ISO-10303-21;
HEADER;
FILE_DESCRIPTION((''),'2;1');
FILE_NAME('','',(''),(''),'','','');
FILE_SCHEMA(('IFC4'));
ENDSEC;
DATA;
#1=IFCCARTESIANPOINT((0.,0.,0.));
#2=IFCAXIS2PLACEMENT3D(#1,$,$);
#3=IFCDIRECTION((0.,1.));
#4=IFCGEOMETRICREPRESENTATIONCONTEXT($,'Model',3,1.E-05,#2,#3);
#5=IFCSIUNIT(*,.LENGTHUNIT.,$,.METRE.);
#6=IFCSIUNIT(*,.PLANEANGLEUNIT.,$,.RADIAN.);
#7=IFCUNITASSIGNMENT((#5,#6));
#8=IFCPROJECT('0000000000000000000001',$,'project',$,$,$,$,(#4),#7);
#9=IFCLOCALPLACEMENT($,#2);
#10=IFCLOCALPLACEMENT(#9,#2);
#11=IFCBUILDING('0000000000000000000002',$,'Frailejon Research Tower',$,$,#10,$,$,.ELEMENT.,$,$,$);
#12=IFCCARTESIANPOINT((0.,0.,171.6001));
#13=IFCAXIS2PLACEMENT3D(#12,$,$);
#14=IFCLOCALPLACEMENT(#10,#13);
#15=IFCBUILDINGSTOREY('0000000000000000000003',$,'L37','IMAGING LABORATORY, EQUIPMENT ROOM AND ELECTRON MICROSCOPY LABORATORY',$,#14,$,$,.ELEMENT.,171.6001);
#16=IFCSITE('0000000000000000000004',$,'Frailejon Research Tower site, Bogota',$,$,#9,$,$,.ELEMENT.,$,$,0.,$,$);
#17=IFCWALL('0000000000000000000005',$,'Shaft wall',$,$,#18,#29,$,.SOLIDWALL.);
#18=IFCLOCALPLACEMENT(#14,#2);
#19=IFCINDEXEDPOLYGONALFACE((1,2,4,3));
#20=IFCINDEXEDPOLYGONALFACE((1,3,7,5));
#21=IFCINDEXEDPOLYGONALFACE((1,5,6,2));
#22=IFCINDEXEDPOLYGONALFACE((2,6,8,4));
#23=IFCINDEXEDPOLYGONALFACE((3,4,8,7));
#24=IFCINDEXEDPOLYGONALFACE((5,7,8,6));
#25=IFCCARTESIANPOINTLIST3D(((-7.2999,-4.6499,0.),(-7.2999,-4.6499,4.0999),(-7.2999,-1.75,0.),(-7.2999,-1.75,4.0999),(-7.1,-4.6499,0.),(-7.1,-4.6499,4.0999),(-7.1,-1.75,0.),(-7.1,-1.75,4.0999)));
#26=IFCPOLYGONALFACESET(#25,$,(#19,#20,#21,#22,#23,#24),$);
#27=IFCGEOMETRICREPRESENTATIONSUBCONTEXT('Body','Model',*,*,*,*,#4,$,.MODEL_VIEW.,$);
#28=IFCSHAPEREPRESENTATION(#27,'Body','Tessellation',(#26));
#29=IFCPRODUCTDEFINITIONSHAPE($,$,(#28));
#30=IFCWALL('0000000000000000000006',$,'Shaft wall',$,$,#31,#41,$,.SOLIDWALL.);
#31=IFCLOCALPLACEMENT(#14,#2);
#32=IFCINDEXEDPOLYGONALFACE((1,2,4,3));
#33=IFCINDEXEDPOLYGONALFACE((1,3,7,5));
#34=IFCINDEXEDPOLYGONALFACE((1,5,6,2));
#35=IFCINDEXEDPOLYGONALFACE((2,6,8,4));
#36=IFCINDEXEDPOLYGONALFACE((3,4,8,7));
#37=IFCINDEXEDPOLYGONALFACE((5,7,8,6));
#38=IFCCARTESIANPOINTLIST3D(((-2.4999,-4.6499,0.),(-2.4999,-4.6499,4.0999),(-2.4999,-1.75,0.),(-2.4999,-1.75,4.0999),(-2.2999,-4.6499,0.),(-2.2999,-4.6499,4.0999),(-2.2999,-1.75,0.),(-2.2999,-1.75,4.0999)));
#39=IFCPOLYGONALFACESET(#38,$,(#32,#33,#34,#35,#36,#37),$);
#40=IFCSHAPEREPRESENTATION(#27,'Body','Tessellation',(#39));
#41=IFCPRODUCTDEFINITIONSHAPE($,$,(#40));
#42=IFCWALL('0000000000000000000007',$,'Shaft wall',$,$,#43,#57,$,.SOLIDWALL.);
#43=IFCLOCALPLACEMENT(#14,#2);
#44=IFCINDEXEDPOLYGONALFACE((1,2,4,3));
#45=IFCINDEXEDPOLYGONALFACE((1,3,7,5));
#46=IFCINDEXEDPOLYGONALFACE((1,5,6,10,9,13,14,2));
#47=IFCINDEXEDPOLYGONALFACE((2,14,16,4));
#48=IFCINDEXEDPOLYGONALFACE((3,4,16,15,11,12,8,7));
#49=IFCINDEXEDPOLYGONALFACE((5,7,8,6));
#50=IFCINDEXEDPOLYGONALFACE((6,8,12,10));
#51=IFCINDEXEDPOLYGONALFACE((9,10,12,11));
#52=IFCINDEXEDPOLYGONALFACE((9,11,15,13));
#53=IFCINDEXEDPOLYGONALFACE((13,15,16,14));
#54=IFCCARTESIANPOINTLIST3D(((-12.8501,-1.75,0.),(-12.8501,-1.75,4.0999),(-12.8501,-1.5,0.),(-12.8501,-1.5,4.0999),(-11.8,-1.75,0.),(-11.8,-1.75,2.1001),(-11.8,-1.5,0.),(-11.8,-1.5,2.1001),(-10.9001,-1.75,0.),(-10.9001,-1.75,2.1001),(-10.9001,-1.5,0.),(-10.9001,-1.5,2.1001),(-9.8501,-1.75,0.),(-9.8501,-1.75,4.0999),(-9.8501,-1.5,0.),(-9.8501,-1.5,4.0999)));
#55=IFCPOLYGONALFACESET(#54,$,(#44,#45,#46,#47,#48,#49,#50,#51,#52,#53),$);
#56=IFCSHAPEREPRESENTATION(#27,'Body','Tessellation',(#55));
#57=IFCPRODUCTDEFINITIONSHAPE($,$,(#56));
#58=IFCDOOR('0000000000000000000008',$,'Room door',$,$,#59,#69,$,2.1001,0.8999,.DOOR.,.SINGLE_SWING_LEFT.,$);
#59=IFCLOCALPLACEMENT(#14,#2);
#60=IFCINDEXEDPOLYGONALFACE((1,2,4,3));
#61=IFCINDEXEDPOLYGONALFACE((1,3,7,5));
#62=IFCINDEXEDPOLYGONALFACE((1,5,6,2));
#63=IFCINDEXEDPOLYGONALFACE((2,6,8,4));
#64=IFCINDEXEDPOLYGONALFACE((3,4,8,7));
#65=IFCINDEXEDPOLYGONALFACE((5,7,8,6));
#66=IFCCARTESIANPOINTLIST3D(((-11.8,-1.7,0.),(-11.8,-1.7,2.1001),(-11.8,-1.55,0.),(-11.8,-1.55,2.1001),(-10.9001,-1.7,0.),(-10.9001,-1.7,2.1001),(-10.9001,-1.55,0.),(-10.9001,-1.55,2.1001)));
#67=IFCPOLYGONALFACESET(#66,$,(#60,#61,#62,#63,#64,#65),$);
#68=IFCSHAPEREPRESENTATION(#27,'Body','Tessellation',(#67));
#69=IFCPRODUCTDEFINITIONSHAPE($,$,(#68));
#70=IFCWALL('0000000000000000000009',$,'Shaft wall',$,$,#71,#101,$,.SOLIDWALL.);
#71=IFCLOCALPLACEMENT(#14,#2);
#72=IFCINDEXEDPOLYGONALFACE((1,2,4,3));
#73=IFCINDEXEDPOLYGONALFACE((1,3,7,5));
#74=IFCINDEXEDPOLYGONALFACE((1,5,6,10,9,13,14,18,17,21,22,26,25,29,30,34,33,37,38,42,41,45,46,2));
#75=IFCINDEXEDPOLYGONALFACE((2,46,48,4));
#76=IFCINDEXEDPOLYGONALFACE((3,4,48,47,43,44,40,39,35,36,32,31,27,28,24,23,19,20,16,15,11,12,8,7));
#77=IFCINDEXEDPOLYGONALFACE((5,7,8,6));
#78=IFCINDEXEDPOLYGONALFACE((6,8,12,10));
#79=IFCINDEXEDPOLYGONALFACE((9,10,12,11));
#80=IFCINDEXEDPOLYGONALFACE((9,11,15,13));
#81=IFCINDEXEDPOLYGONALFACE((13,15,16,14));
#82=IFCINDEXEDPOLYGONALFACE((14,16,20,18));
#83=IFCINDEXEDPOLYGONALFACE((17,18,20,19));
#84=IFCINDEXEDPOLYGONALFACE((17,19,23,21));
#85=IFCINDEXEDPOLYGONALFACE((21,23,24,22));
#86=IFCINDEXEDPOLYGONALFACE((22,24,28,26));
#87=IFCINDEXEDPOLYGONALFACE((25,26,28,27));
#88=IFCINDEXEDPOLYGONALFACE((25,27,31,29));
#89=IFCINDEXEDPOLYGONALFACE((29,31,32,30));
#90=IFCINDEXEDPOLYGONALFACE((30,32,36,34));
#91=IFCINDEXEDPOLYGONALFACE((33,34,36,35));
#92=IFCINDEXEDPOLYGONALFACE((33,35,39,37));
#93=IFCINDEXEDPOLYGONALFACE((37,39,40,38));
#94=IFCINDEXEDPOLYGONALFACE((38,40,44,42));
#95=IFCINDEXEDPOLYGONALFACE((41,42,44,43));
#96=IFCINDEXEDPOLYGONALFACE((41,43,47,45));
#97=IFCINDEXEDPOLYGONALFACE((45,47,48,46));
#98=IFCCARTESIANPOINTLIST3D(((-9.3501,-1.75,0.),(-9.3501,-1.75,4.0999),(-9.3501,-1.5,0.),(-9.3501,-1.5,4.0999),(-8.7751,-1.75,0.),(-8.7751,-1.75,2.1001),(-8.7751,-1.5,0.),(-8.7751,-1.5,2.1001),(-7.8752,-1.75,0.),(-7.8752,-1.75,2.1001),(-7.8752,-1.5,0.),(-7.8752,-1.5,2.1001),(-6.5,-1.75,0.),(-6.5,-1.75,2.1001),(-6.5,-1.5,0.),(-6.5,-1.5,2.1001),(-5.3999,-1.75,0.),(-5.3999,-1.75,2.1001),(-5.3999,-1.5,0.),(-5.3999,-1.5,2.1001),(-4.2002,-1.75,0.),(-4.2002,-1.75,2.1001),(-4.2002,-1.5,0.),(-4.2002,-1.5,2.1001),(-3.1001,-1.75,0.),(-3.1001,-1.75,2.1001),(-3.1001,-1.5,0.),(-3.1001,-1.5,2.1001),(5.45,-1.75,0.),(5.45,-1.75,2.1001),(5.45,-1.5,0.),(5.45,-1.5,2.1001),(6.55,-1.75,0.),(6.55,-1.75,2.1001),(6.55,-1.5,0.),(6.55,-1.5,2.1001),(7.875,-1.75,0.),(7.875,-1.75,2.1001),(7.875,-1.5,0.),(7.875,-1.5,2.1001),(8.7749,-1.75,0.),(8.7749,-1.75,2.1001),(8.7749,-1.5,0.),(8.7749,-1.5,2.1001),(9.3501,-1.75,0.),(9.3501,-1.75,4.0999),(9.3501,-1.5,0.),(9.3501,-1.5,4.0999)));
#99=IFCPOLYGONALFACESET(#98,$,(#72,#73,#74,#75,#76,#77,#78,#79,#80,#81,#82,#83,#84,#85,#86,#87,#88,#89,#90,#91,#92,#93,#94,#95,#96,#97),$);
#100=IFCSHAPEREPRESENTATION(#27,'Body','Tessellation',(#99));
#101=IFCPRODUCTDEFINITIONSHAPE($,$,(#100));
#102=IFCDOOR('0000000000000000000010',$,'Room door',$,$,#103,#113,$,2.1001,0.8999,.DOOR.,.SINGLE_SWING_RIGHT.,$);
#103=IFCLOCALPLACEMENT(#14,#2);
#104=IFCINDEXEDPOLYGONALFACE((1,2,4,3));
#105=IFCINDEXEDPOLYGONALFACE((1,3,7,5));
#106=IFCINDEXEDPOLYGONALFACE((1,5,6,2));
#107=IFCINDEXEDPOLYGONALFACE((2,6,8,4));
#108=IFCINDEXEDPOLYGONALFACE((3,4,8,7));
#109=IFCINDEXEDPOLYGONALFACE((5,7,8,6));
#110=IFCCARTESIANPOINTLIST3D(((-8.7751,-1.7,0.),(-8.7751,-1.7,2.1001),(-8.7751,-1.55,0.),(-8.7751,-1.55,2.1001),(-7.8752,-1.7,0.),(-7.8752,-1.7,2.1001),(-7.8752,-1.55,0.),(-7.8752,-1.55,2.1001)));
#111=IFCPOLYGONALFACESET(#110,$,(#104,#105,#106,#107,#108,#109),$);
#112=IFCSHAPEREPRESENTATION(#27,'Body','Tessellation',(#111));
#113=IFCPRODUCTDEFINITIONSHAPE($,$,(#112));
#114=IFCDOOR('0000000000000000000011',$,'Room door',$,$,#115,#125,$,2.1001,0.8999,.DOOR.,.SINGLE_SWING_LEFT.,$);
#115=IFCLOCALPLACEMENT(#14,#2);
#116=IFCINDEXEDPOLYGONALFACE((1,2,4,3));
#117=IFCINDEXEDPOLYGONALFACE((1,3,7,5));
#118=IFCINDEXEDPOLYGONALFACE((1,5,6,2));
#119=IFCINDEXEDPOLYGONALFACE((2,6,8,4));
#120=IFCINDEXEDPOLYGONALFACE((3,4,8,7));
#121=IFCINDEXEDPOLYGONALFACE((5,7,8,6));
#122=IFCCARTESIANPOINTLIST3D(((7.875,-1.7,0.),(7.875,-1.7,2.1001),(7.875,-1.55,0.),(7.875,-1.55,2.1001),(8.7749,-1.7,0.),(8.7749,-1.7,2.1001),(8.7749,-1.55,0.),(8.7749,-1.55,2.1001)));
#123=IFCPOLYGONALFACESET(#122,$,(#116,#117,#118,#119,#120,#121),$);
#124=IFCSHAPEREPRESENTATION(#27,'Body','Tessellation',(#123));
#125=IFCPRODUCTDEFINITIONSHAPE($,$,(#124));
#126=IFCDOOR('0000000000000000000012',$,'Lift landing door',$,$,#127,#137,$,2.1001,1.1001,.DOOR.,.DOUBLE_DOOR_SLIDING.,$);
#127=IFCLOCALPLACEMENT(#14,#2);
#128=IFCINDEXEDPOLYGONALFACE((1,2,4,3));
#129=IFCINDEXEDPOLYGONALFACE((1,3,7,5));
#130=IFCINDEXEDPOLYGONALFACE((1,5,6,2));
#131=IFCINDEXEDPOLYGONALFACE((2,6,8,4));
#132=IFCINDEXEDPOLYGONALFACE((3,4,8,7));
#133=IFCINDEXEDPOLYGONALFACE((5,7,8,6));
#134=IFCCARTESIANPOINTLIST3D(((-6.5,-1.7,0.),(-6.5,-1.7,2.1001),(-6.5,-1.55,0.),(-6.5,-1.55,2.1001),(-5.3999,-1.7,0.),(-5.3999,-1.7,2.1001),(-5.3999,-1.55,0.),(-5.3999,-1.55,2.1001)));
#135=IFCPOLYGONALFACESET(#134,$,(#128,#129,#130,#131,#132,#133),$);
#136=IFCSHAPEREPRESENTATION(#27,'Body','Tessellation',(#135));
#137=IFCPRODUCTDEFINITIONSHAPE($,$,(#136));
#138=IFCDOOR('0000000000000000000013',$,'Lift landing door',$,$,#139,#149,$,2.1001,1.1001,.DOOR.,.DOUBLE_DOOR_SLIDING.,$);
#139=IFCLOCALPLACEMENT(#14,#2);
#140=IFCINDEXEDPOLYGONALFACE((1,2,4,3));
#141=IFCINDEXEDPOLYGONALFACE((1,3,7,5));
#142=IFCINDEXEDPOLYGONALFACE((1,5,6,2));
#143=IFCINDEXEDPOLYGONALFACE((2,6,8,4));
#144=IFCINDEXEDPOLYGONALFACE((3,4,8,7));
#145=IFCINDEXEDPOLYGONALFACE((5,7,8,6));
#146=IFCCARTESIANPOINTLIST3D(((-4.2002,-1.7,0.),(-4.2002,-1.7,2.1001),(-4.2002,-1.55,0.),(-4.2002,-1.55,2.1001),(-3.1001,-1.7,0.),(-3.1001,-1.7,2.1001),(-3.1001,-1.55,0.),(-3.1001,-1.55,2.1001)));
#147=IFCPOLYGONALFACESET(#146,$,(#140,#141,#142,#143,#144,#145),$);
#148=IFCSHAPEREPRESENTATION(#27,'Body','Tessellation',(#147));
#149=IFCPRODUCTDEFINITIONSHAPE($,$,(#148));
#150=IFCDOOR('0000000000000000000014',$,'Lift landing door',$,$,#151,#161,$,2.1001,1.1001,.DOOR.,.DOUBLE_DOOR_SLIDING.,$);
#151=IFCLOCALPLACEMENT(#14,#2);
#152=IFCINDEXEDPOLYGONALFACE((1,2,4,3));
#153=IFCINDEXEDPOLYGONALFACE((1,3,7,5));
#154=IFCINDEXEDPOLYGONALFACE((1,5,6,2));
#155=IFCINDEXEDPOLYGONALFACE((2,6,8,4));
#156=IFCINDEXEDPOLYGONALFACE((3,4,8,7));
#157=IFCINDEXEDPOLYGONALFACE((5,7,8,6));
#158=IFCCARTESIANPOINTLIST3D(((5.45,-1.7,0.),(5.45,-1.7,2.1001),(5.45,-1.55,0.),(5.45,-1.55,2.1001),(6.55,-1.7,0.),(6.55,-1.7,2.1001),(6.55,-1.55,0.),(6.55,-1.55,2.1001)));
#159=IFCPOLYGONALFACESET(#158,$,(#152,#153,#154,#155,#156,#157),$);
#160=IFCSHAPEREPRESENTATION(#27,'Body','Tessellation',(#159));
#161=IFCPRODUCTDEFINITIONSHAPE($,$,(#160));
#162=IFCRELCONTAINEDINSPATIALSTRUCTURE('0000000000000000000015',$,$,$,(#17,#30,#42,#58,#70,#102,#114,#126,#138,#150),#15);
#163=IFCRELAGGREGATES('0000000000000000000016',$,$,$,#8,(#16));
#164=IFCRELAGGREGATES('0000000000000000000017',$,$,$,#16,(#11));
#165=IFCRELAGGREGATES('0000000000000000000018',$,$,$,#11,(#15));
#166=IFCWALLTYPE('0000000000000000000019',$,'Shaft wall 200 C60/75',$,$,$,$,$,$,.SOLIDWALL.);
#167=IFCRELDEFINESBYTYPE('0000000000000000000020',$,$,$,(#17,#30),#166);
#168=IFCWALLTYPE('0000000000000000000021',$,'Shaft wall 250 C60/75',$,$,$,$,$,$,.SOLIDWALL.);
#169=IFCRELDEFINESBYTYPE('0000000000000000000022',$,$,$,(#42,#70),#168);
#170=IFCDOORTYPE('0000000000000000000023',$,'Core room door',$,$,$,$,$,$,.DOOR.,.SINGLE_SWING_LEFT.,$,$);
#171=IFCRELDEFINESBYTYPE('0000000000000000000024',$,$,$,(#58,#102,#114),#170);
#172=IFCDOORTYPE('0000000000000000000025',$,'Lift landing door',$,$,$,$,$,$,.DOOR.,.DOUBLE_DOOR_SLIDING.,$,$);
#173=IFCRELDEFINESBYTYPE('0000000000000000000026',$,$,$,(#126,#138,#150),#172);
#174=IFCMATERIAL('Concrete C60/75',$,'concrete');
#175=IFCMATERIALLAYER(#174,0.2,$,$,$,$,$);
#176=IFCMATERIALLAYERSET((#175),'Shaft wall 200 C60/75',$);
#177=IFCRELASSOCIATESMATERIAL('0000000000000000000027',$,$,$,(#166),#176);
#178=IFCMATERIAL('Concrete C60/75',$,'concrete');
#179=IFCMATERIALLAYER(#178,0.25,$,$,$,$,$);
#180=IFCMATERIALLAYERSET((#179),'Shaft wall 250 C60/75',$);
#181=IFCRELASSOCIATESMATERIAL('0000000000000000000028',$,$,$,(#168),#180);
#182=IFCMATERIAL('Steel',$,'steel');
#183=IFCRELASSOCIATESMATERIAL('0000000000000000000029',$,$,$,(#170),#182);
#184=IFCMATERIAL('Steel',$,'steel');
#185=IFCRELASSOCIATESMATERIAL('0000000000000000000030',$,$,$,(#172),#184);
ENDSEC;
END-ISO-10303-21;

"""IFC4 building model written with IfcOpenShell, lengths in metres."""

from ifc_helpers import new_model, si_unit, direction, frame, frame_2d, origin, place, context, subcontext, project, spatial, rectangle, extrude, material, layer, layer_set, type_object, element, fill, save


model = new_model("IFC4")

# Units and contexts
model_context = context("Model", 3, precision=1e-05, world=origin(), true_north=direction((0.0, 1.0)))
body_context = subcontext(model_context, "Body", "Model", "MODEL_VIEW")
ifc_project = project(units=[si_unit("LENGTHUNIT", "METRE"), si_unit("PLANEANGLEUNIT", "RADIAN")], contexts=[model_context])

# Site, building, storey
site_placement = place(None, origin())
site = spatial("IfcSite", under=ifc_project, at=site_placement, Name="Frailejon Research Tower site, Bogota", CompositionType="ELEMENT", RefElevation=0.0)
building_placement = place(site_placement, origin())
building = spatial("IfcBuilding", under=site, at=building_placement, Name="Frailejon Research Tower", CompositionType="ELEMENT")
storey_placement = place(building_placement, frame((0.0, 0.0, 171.6001)))
storey = spatial("IfcBuildingStorey", under=building, at=storey_placement, Name="L37", Description="IMAGING LABORATORY, EQUIPMENT ROOM AND ELECTRON MICROSCOPY LABORATORY", CompositionType="ELEMENT", Elevation=171.6001)

# Walls
ifc_material_1 = material(Name="Concrete C60/75", Category="concrete")
ifc_layer_1 = layer(ifc_material_1, 0.2)
ifc_layer_set_1 = layer_set([ifc_layer_1], Name="Shaft wall 200 C60/75")
wall_type_1 = type_object("IfcWallType", Name="Shaft wall 200 C60/75", PredefinedType="SOLIDWALL", material=ifc_layer_set_1)
for number, where, z_axis, x_axis, name in (
    (1, (-7.2, -4.6499, 0.0), (0.0, 0.0, 1.0), (0.0, 1.0, 0.0), "Shaft wall"),
    (2, (-2.3999, -4.6499, 0.0), (0.0, 0.0, 1.0), (0.0, 1.0, 0.0), "Shaft wall"),
):
    element("IfcWall", number, at=place(storey_placement, frame(where, z_axis=z_axis, x_axis=x_axis)), inside=storey, type_object=wall_type_1, Name=name, PredefinedType="SOLIDWALL", context=body_context, shape_type="SweptSolid", body=[
        extrude(rectangle(XDim=2.8999, YDim=0.2, at=frame_2d((1.45, 0.0))), origin(), (0.0, 0.0, 1.0), 4.0999),
    ])

# Wall, opening, door
ifc_material_2 = material(Name="Concrete C60/75", Category="concrete")
ifc_layer_2 = layer(ifc_material_2, 0.25)
ifc_layer_set_2 = layer_set([ifc_layer_2], Name="Shaft wall 250 C60/75")
wall_type_2 = type_object("IfcWallType", Name="Shaft wall 250 C60/75", PredefinedType="SOLIDWALL", material=ifc_layer_set_2)
wall_1_placement = place(storey_placement, frame((-12.8501, -1.625, 0.0), z_axis=(0.0, 0.0, 1.0), x_axis=(1.0, 0.0, 0.0)))
wall_1 = element("IfcWall", 3, at=wall_1_placement, inside=storey, type_object=wall_type_2, Name="Shaft wall", PredefinedType="SOLIDWALL", context=body_context, shape_type="SweptSolid", body=[
    extrude(rectangle(XDim=3.0, YDim=0.25, at=frame_2d((1.5, 0.0))), origin(), (0.0, 0.0, 1.0), 4.0999),
])
opening_1_placement = place(wall_1_placement, frame((1.05, 0.0, 0.0)))
opening_1 = element("IfcOpeningElement", 4, at=opening_1_placement, cuts=wall_1, PredefinedType="OPENING", context=body_context, shape_type="SweptSolid", body=[
    extrude(rectangle(XDim=0.8999, YDim=2.1001, at=frame_2d((0.45, 1.05))), frame((0.0, 0.135, 0.0), z_axis=(0.0, -1.0, 0.0), x_axis=(1.0, 0.0, 0.0)), (0.0, 0.0, 1.0), 0.27),
])
ifc_material_3 = material(Name="Steel", Category="steel")
door_type_1 = type_object("IfcDoorType", Name="Core room door", OperationType="SINGLE_SWING_LEFT", PredefinedType="DOOR", material=ifc_material_3)
door_1_placement = place(opening_1_placement, origin())
door_1 = element("IfcDoor", 5, at=door_1_placement, inside=storey, type_object=door_type_1, Name="Room door", OperationType="SINGLE_SWING_LEFT", OverallHeight=2.1001, OverallWidth=0.8999, PredefinedType="DOOR", context=body_context, shape_type="SweptSolid", body=[
    extrude(rectangle(XDim=0.8999, YDim=2.1001, at=frame_2d((0.45, 1.05))), frame((0.0, 0.075, 0.0), z_axis=(0.0, -1.0, 0.0), x_axis=(1.0, 0.0, 0.0)), (0.0, 0.0, 1.0), 0.1499),
])
fill(opening_1, door_1)

# Wall, openings, doors
wall_2_placement = place(storey_placement, frame((-9.3501, -1.625, 0.0), z_axis=(0.0, 0.0, 1.0), x_axis=(1.0, 0.0, 0.0)))
wall_2 = element("IfcWall", 6, at=wall_2_placement, inside=storey, type_object=wall_type_2, Name="Shaft wall", PredefinedType="SOLIDWALL", context=body_context, shape_type="SweptSolid", body=[
    extrude(rectangle(XDim=18.7002, YDim=0.25, at=frame_2d((9.3501, 0.0))), origin(), (0.0, 0.0, 1.0), 4.0999),
])
opening_2_placement = place(wall_2_placement, frame((2.8501, 0.0, 0.0)))
opening_2 = element("IfcOpeningElement", 7, at=opening_2_placement, cuts=wall_2, PredefinedType="OPENING", context=body_context, shape_type="SweptSolid", body=[
    extrude(rectangle(XDim=1.1001, YDim=2.1001, at=frame_2d((0.55, 1.05))), frame((0.0, 0.135, 0.0), z_axis=(0.0, -1.0, 0.0), x_axis=(1.0, 0.0, 0.0)), (0.0, 0.0, 1.0), 0.27),
])
opening_3_placement = place(wall_2_placement, frame((5.1499, 0.0, 0.0)))
opening_3 = element("IfcOpeningElement", 8, at=opening_3_placement, cuts=wall_2, PredefinedType="OPENING", context=body_context, shape_type="SweptSolid", body=[
    extrude(rectangle(XDim=1.1001, YDim=2.1001, at=frame_2d((0.55, 1.05))), frame((0.0, 0.135, 0.0), z_axis=(0.0, -1.0, 0.0), x_axis=(1.0, 0.0, 0.0)), (0.0, 0.0, 1.0), 0.27),
])
opening_4_placement = place(wall_2_placement, frame((14.8, 0.0, 0.0)))
opening_4 = element("IfcOpeningElement", 9, at=opening_4_placement, cuts=wall_2, PredefinedType="OPENING", context=body_context, shape_type="SweptSolid", body=[
    extrude(rectangle(XDim=1.1001, YDim=2.1001, at=frame_2d((0.55, 1.05))), frame((0.0, 0.135, 0.0), z_axis=(0.0, -1.0, 0.0), x_axis=(1.0, 0.0, 0.0)), (0.0, 0.0, 1.0), 0.27),
])
opening_5_placement = place(wall_2_placement, frame((0.575, 0.0, 0.0)))
opening_5 = element("IfcOpeningElement", 10, at=opening_5_placement, cuts=wall_2, PredefinedType="OPENING", context=body_context, shape_type="SweptSolid", body=[
    extrude(rectangle(XDim=0.8999, YDim=2.1001, at=frame_2d((0.45, 1.05))), frame((0.0, 0.135, 0.0), z_axis=(0.0, -1.0, 0.0), x_axis=(1.0, 0.0, 0.0)), (0.0, 0.0, 1.0), 0.27),
])
opening_6_placement = place(wall_2_placement, frame((17.2251, 0.0, 0.0)))
opening_6 = element("IfcOpeningElement", 11, at=opening_6_placement, cuts=wall_2, PredefinedType="OPENING", context=body_context, shape_type="SweptSolid", body=[
    extrude(rectangle(XDim=0.8999, YDim=2.1001, at=frame_2d((0.45, 1.05))), frame((0.0, 0.135, 0.0), z_axis=(0.0, -1.0, 0.0), x_axis=(1.0, 0.0, 0.0)), (0.0, 0.0, 1.0), 0.27),
])
door_2_placement = place(opening_5_placement, origin())
door_2 = element("IfcDoor", 12, at=door_2_placement, inside=storey, type_object=door_type_1, Name="Room door", OperationType="SINGLE_SWING_RIGHT", OverallHeight=2.1001, OverallWidth=0.8999, PredefinedType="DOOR", context=body_context, shape_type="SweptSolid", body=[
    extrude(rectangle(XDim=0.8999, YDim=2.1001, at=frame_2d((0.45, 1.05))), frame((0.0, 0.075, 0.0), z_axis=(0.0, -1.0, 0.0), x_axis=(1.0, 0.0, 0.0)), (0.0, 0.0, 1.0), 0.1499),
])
fill(opening_5, door_2)
door_3_placement = place(opening_6_placement, origin())
door_3 = element("IfcDoor", 13, at=door_3_placement, inside=storey, type_object=door_type_1, Name="Room door", OperationType="SINGLE_SWING_LEFT", OverallHeight=2.1001, OverallWidth=0.8999, PredefinedType="DOOR", context=body_context, shape_type="SweptSolid", body=[
    extrude(rectangle(XDim=0.8999, YDim=2.1001, at=frame_2d((0.45, 1.05))), frame((0.0, 0.075, 0.0), z_axis=(0.0, -1.0, 0.0), x_axis=(1.0, 0.0, 0.0)), (0.0, 0.0, 1.0), 0.1499),
])
fill(opening_6, door_3)
ifc_material_4 = material(Name="Steel", Category="steel")
door_type_2 = type_object("IfcDoorType", Name="Lift landing door", OperationType="DOUBLE_DOOR_SLIDING", PredefinedType="DOOR", material=ifc_material_4)
door_4_placement = place(opening_2_placement, origin())
door_4 = element("IfcDoor", 14, at=door_4_placement, inside=storey, type_object=door_type_2, Name="Lift landing door", OperationType="DOUBLE_DOOR_SLIDING", OverallHeight=2.1001, OverallWidth=1.1001, PredefinedType="DOOR", context=body_context, shape_type="SweptSolid", body=[
    extrude(rectangle(XDim=1.1001, YDim=2.1001, at=frame_2d((0.55, 1.05))), frame((0.0, 0.075, 0.0), z_axis=(0.0, -1.0, 0.0), x_axis=(1.0, 0.0, 0.0)), (0.0, 0.0, 1.0), 0.1499),
])
fill(opening_2, door_4)
door_5_placement = place(opening_3_placement, origin())
door_5 = element("IfcDoor", 15, at=door_5_placement, inside=storey, type_object=door_type_2, Name="Lift landing door", OperationType="DOUBLE_DOOR_SLIDING", OverallHeight=2.1001, OverallWidth=1.1001, PredefinedType="DOOR", context=body_context, shape_type="SweptSolid", body=[
    extrude(rectangle(XDim=1.1001, YDim=2.1001, at=frame_2d((0.55, 1.05))), frame((0.0, 0.075, 0.0), z_axis=(0.0, -1.0, 0.0), x_axis=(1.0, 0.0, 0.0)), (0.0, 0.0, 1.0), 0.1499),
])
fill(opening_3, door_5)
door_6_placement = place(opening_4_placement, origin())
door_6 = element("IfcDoor", 16, at=door_6_placement, inside=storey, type_object=door_type_2, Name="Lift landing door", OperationType="DOUBLE_DOOR_SLIDING", OverallHeight=2.1001, OverallWidth=1.1001, PredefinedType="DOOR", context=body_context, shape_type="SweptSolid", body=[
    extrude(rectangle(XDim=1.1001, YDim=2.1001, at=frame_2d((0.55, 1.05))), frame((0.0, 0.075, 0.0), z_axis=(0.0, -1.0, 0.0), x_axis=(1.0, 0.0, 0.0)), (0.0, 0.0, 1.0), 0.1499),
])
fill(opening_4, door_6)

save(model, "model.ifc")
